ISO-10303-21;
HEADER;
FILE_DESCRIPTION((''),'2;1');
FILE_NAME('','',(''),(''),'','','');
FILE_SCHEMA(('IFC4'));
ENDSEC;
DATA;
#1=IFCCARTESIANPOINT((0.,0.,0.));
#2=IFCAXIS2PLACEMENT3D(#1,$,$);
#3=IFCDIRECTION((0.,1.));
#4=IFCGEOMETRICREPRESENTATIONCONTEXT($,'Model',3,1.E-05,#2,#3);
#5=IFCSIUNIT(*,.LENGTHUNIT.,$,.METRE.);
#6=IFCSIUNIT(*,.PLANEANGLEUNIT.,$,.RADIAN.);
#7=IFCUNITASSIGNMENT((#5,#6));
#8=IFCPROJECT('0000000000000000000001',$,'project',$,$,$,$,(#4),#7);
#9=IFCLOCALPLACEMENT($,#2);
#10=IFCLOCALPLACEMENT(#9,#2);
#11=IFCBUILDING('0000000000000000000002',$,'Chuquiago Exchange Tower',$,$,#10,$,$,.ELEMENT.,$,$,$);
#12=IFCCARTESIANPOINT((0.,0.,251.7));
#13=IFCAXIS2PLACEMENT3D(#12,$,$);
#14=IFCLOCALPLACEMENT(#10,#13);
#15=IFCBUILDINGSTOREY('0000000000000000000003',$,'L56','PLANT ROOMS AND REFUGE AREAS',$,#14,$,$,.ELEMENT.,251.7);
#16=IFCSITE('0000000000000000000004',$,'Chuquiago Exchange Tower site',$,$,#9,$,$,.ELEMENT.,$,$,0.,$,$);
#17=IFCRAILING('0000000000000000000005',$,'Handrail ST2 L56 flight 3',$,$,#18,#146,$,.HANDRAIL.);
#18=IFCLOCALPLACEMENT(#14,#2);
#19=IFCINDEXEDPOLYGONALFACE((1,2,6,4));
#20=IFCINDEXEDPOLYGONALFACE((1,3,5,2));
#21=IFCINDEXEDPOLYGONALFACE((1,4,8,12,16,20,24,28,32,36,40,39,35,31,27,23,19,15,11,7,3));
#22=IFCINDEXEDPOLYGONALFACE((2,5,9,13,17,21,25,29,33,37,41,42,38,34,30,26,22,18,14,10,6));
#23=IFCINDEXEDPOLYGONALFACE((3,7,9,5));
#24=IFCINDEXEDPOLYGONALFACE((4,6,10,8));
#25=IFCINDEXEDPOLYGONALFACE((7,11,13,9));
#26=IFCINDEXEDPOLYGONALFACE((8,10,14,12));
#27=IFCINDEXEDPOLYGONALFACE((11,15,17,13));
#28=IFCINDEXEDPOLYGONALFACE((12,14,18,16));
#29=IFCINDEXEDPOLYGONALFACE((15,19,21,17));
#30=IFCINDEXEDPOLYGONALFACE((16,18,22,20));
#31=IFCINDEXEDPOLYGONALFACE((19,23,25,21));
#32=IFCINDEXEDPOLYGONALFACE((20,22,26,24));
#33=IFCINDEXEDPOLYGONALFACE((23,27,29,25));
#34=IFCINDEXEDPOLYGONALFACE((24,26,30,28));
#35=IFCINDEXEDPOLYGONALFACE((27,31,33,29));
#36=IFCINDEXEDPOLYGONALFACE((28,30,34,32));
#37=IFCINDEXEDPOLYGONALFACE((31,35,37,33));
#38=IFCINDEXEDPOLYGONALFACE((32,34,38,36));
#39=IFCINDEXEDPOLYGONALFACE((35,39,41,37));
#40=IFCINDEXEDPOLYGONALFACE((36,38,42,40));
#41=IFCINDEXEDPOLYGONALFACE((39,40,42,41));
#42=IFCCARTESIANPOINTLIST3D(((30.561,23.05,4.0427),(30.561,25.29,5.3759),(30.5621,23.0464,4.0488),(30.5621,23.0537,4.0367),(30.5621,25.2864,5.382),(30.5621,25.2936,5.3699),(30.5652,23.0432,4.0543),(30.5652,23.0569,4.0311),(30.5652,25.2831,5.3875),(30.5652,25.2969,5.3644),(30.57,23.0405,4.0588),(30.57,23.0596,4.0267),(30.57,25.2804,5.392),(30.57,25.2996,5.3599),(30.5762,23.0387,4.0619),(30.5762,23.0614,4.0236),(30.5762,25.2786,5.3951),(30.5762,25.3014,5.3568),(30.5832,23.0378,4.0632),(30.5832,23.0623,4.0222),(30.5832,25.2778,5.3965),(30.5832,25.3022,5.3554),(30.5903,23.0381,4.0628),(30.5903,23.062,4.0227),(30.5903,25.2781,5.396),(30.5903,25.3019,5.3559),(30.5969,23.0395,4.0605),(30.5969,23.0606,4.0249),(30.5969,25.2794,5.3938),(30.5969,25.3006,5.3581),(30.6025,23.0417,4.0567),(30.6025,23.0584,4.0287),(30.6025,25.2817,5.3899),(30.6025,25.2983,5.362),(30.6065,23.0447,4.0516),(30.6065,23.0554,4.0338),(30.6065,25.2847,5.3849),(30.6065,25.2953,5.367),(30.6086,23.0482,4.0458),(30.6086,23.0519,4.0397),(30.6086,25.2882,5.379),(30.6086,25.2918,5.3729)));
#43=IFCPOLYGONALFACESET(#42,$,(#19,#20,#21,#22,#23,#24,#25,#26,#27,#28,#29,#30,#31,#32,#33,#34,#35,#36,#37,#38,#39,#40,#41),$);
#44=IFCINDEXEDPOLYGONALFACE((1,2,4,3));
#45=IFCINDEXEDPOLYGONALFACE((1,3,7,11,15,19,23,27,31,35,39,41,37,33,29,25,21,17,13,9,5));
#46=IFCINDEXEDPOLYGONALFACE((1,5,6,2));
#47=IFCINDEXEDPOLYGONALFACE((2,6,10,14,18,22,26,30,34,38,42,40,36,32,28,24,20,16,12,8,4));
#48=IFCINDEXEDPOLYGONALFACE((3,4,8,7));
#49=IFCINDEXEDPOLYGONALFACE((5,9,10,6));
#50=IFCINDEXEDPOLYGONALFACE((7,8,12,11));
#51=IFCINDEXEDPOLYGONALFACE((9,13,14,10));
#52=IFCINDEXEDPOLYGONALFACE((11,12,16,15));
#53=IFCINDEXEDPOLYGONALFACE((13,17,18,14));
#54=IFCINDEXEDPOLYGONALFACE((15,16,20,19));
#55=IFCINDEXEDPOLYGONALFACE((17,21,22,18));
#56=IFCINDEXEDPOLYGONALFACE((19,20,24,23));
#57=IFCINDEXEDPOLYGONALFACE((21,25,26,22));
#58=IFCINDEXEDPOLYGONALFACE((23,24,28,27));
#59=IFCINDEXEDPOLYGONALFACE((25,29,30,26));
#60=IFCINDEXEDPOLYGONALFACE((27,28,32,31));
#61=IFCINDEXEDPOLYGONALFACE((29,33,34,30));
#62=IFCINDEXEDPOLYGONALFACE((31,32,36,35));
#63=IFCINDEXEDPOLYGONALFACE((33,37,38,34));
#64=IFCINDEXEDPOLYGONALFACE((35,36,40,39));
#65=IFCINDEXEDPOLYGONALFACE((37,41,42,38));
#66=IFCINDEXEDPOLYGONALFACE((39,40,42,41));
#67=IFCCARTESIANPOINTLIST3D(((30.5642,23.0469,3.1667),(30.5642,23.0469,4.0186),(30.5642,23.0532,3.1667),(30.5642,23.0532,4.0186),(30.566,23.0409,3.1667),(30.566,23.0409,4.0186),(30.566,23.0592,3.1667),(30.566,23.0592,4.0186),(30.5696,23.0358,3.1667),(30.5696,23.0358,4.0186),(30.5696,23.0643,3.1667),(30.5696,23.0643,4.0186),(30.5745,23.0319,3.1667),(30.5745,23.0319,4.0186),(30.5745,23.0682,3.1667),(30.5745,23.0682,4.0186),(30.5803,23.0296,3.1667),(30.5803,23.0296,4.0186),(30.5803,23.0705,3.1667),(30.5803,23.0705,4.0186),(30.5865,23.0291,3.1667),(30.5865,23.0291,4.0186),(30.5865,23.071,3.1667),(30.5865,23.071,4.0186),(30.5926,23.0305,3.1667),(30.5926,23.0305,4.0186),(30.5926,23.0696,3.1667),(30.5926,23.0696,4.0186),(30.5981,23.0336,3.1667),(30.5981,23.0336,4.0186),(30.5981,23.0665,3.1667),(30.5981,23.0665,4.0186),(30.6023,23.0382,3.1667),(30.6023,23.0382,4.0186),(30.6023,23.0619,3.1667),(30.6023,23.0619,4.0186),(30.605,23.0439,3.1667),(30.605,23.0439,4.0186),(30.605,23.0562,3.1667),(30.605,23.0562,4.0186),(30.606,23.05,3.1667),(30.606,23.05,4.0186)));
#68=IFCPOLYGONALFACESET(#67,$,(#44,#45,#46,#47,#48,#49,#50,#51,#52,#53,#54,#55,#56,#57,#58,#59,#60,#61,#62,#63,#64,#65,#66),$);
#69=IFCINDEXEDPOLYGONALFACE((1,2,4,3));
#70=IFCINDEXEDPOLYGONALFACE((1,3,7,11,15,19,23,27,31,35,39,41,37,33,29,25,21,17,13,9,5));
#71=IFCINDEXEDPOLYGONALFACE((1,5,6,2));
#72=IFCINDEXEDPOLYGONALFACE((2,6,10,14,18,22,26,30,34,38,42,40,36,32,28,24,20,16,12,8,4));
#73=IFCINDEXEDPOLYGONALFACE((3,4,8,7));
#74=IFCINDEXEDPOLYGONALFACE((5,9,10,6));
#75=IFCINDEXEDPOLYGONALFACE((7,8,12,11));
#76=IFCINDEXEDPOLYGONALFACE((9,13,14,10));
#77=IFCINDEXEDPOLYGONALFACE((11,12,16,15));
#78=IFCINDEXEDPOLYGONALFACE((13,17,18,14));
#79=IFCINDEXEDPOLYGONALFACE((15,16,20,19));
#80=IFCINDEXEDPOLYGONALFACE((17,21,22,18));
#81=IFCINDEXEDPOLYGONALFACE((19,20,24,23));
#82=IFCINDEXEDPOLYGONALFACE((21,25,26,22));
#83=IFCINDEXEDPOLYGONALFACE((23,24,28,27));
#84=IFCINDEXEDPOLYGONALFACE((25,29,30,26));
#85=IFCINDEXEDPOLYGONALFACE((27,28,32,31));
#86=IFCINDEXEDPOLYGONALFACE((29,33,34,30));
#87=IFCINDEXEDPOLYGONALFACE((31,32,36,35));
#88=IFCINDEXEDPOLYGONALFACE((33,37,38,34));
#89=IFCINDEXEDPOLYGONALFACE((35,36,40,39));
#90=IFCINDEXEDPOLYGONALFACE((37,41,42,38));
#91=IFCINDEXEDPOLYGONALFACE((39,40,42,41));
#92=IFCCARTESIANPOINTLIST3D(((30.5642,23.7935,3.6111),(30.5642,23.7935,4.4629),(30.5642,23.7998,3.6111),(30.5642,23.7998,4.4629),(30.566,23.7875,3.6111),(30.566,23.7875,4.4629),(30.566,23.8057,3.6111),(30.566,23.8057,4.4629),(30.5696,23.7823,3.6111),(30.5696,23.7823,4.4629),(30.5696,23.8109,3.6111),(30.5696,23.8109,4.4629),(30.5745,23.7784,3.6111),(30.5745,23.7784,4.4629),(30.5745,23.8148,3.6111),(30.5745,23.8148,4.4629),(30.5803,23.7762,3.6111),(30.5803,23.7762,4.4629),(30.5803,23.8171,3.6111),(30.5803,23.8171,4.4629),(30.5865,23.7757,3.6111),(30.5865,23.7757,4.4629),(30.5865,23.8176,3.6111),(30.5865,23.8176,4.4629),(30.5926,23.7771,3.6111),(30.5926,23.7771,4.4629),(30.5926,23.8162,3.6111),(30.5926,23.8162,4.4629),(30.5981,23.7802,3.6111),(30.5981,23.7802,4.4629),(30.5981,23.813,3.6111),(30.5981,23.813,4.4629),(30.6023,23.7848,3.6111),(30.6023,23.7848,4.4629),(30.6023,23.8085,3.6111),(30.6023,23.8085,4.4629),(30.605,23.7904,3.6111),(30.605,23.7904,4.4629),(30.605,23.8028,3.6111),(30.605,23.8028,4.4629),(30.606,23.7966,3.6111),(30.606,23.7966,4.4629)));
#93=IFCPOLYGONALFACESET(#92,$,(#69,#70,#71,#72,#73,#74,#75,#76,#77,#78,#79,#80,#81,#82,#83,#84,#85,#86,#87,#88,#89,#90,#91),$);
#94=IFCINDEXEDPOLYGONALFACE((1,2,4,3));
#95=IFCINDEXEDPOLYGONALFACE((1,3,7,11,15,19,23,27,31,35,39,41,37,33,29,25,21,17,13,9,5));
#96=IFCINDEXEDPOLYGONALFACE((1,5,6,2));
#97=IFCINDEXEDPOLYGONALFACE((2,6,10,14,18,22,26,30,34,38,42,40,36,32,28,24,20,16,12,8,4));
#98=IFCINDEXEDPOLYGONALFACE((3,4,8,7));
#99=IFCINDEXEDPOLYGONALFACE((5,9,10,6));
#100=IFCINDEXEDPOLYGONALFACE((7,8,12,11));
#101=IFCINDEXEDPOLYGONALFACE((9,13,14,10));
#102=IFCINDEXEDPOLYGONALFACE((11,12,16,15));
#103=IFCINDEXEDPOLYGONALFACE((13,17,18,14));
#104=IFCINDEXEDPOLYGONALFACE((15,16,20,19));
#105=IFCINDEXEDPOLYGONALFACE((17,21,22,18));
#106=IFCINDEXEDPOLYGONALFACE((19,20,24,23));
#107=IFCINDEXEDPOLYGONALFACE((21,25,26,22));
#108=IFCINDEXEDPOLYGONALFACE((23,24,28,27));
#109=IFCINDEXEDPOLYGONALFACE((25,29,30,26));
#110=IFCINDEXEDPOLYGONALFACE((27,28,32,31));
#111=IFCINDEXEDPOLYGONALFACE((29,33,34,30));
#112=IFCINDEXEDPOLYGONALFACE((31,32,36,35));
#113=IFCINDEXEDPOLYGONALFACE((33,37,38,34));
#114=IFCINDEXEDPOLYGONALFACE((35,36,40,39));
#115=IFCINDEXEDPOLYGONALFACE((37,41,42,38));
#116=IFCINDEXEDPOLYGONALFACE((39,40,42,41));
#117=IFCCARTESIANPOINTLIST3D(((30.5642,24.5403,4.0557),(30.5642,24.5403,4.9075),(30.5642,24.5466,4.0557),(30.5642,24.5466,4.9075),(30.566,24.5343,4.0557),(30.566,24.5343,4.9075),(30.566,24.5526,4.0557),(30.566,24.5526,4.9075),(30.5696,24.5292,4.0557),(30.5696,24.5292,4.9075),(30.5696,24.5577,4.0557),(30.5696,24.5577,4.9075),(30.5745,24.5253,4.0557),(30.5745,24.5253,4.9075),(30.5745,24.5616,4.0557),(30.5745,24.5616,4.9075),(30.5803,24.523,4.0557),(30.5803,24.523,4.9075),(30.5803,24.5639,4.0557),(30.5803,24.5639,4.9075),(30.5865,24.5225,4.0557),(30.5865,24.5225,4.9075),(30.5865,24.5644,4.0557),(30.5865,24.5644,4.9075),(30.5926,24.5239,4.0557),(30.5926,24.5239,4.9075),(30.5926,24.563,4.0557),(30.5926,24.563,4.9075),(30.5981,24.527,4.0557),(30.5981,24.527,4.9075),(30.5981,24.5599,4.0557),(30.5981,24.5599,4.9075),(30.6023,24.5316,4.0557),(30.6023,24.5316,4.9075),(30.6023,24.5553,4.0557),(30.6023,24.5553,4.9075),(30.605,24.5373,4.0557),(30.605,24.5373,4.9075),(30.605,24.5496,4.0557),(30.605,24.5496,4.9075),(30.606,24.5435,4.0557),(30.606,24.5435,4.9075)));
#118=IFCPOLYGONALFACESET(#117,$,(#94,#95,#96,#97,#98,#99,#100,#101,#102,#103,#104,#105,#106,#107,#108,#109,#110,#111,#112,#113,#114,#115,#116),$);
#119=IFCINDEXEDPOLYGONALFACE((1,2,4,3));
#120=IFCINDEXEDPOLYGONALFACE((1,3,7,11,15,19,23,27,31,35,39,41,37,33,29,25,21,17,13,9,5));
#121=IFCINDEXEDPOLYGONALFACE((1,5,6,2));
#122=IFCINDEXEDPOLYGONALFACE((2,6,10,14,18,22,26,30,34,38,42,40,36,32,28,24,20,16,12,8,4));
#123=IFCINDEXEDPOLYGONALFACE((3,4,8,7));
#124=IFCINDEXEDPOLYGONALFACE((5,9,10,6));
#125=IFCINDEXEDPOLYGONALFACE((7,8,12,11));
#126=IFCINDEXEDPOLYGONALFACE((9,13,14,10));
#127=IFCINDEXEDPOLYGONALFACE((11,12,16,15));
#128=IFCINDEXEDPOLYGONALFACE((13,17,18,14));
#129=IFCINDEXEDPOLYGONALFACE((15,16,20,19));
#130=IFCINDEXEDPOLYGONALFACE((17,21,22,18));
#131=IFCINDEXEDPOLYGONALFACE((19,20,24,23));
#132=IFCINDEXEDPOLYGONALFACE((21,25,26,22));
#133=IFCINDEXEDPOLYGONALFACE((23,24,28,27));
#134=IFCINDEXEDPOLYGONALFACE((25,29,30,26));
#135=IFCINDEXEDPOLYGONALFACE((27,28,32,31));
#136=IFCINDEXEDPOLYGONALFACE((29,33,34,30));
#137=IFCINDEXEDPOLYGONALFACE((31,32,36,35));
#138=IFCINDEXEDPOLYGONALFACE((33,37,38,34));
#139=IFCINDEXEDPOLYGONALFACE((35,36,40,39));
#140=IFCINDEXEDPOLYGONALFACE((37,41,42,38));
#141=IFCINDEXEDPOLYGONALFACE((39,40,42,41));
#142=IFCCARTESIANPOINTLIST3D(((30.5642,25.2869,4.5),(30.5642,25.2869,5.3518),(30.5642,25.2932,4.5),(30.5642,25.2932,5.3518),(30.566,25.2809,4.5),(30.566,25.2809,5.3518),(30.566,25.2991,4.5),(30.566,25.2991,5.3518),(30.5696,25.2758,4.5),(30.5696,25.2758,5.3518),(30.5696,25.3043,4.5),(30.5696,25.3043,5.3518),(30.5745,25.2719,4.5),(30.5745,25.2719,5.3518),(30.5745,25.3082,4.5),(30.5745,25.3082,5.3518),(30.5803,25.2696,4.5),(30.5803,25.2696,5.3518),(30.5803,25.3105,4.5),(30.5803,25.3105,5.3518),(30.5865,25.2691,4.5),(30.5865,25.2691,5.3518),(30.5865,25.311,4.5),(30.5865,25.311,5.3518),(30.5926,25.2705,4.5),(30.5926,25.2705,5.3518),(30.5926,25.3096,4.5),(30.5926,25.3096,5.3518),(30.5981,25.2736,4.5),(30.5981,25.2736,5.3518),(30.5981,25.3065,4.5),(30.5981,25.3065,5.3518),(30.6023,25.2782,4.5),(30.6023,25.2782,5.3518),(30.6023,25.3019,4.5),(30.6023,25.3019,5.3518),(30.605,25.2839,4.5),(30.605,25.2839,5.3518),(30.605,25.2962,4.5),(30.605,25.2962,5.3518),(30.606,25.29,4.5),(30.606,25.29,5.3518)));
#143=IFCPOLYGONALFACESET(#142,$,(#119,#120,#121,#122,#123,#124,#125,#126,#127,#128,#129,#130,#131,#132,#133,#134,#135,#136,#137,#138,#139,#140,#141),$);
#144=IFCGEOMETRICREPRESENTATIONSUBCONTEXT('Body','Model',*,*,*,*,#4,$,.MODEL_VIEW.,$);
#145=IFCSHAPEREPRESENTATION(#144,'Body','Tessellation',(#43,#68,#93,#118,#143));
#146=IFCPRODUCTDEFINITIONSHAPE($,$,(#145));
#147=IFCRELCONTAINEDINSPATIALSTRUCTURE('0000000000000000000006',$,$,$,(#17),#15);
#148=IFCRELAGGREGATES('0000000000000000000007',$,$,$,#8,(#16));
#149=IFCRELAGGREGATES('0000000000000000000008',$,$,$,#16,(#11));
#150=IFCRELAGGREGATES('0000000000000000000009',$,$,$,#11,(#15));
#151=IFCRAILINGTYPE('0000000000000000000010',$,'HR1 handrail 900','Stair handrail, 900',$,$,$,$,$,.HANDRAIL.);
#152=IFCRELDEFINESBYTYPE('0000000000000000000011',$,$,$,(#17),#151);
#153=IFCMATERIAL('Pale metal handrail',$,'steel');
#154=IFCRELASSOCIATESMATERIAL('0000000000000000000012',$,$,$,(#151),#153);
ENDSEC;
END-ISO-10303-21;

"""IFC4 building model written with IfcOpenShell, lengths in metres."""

from ifc_helpers import new_model, si_unit, direction, frame, origin, origin_2d, place, context, subcontext, project, spatial, circle, extrude, material, type_object, element, save


model = new_model("IFC4")

# Units and contexts
model_context = context("Model", 3, precision=1e-05, world=origin(), true_north=direction((0.0, 1.0)))
body_context = subcontext(model_context, "Body", "Model", "MODEL_VIEW")
ifc_project = project(units=[si_unit("LENGTHUNIT", "METRE"), si_unit("PLANEANGLEUNIT", "RADIAN")], contexts=[model_context])

# Site, building, storey
site_placement = place(None, origin())
site = spatial("IfcSite", under=ifc_project, at=site_placement, Name="Chuquiago Exchange Tower site", CompositionType="ELEMENT", RefElevation=0.0)
building_placement = place(site_placement, origin())
building = spatial("IfcBuilding", under=site, at=building_placement, Name="Chuquiago Exchange Tower", CompositionType="ELEMENT")
storey_placement = place(building_placement, frame((0.0, 0.0, 251.7)))
storey = spatial("IfcBuildingStorey", under=building, at=storey_placement, Name="L56", Description="PLANT ROOMS AND REFUGE AREAS", CompositionType="ELEMENT", Elevation=251.7)

# Railing
ifc_material_1 = material(Name="Pale metal handrail", Category="steel")
railing_type = type_object("IfcRailingType", Name="HR1 handrail 900", Description="Stair handrail, 900", PredefinedType="HANDRAIL", material=ifc_material_1)
for number, where, name in (
    (1, (30.585, 23.05, 3.1667), "Handrail ST2 L56 flight 3"),
):
    element("IfcRailing", number, at=place(storey_placement, frame(where)), inside=storey, type_object=railing_type, Name=name, PredefinedType="HANDRAIL", context=body_context, shape_type="SweptSolid", body=[
        extrude(circle(Radius=0.0239, at=origin_2d()), frame((0.0, 0.0, 0.876), z_axis=(0.0, 0.859306, 0.511462), x_axis=(-1.0, 0.0, 0.0)), (0.0, 0.0, 1.0), 2.6067),
        extrude(circle(Radius=0.021, at=origin_2d()), origin(), (0.0, 0.0, 1.0), 0.8518),
        extrude(circle(Radius=0.021, at=origin_2d()), frame((0.0, 0.7466, 0.4443)), (0.0, 0.0, 1.0), 0.8518),
        extrude(circle(Radius=0.021, at=origin_2d()), frame((0.0, 1.4934, 0.8889)), (0.0, 0.0, 1.0), 0.8518),
        extrude(circle(Radius=0.021, at=origin_2d()), frame((0.0, 2.24, 1.3333)), (0.0, 0.0, 1.0), 0.8518),
    ])

save(model, "model.ifc")
